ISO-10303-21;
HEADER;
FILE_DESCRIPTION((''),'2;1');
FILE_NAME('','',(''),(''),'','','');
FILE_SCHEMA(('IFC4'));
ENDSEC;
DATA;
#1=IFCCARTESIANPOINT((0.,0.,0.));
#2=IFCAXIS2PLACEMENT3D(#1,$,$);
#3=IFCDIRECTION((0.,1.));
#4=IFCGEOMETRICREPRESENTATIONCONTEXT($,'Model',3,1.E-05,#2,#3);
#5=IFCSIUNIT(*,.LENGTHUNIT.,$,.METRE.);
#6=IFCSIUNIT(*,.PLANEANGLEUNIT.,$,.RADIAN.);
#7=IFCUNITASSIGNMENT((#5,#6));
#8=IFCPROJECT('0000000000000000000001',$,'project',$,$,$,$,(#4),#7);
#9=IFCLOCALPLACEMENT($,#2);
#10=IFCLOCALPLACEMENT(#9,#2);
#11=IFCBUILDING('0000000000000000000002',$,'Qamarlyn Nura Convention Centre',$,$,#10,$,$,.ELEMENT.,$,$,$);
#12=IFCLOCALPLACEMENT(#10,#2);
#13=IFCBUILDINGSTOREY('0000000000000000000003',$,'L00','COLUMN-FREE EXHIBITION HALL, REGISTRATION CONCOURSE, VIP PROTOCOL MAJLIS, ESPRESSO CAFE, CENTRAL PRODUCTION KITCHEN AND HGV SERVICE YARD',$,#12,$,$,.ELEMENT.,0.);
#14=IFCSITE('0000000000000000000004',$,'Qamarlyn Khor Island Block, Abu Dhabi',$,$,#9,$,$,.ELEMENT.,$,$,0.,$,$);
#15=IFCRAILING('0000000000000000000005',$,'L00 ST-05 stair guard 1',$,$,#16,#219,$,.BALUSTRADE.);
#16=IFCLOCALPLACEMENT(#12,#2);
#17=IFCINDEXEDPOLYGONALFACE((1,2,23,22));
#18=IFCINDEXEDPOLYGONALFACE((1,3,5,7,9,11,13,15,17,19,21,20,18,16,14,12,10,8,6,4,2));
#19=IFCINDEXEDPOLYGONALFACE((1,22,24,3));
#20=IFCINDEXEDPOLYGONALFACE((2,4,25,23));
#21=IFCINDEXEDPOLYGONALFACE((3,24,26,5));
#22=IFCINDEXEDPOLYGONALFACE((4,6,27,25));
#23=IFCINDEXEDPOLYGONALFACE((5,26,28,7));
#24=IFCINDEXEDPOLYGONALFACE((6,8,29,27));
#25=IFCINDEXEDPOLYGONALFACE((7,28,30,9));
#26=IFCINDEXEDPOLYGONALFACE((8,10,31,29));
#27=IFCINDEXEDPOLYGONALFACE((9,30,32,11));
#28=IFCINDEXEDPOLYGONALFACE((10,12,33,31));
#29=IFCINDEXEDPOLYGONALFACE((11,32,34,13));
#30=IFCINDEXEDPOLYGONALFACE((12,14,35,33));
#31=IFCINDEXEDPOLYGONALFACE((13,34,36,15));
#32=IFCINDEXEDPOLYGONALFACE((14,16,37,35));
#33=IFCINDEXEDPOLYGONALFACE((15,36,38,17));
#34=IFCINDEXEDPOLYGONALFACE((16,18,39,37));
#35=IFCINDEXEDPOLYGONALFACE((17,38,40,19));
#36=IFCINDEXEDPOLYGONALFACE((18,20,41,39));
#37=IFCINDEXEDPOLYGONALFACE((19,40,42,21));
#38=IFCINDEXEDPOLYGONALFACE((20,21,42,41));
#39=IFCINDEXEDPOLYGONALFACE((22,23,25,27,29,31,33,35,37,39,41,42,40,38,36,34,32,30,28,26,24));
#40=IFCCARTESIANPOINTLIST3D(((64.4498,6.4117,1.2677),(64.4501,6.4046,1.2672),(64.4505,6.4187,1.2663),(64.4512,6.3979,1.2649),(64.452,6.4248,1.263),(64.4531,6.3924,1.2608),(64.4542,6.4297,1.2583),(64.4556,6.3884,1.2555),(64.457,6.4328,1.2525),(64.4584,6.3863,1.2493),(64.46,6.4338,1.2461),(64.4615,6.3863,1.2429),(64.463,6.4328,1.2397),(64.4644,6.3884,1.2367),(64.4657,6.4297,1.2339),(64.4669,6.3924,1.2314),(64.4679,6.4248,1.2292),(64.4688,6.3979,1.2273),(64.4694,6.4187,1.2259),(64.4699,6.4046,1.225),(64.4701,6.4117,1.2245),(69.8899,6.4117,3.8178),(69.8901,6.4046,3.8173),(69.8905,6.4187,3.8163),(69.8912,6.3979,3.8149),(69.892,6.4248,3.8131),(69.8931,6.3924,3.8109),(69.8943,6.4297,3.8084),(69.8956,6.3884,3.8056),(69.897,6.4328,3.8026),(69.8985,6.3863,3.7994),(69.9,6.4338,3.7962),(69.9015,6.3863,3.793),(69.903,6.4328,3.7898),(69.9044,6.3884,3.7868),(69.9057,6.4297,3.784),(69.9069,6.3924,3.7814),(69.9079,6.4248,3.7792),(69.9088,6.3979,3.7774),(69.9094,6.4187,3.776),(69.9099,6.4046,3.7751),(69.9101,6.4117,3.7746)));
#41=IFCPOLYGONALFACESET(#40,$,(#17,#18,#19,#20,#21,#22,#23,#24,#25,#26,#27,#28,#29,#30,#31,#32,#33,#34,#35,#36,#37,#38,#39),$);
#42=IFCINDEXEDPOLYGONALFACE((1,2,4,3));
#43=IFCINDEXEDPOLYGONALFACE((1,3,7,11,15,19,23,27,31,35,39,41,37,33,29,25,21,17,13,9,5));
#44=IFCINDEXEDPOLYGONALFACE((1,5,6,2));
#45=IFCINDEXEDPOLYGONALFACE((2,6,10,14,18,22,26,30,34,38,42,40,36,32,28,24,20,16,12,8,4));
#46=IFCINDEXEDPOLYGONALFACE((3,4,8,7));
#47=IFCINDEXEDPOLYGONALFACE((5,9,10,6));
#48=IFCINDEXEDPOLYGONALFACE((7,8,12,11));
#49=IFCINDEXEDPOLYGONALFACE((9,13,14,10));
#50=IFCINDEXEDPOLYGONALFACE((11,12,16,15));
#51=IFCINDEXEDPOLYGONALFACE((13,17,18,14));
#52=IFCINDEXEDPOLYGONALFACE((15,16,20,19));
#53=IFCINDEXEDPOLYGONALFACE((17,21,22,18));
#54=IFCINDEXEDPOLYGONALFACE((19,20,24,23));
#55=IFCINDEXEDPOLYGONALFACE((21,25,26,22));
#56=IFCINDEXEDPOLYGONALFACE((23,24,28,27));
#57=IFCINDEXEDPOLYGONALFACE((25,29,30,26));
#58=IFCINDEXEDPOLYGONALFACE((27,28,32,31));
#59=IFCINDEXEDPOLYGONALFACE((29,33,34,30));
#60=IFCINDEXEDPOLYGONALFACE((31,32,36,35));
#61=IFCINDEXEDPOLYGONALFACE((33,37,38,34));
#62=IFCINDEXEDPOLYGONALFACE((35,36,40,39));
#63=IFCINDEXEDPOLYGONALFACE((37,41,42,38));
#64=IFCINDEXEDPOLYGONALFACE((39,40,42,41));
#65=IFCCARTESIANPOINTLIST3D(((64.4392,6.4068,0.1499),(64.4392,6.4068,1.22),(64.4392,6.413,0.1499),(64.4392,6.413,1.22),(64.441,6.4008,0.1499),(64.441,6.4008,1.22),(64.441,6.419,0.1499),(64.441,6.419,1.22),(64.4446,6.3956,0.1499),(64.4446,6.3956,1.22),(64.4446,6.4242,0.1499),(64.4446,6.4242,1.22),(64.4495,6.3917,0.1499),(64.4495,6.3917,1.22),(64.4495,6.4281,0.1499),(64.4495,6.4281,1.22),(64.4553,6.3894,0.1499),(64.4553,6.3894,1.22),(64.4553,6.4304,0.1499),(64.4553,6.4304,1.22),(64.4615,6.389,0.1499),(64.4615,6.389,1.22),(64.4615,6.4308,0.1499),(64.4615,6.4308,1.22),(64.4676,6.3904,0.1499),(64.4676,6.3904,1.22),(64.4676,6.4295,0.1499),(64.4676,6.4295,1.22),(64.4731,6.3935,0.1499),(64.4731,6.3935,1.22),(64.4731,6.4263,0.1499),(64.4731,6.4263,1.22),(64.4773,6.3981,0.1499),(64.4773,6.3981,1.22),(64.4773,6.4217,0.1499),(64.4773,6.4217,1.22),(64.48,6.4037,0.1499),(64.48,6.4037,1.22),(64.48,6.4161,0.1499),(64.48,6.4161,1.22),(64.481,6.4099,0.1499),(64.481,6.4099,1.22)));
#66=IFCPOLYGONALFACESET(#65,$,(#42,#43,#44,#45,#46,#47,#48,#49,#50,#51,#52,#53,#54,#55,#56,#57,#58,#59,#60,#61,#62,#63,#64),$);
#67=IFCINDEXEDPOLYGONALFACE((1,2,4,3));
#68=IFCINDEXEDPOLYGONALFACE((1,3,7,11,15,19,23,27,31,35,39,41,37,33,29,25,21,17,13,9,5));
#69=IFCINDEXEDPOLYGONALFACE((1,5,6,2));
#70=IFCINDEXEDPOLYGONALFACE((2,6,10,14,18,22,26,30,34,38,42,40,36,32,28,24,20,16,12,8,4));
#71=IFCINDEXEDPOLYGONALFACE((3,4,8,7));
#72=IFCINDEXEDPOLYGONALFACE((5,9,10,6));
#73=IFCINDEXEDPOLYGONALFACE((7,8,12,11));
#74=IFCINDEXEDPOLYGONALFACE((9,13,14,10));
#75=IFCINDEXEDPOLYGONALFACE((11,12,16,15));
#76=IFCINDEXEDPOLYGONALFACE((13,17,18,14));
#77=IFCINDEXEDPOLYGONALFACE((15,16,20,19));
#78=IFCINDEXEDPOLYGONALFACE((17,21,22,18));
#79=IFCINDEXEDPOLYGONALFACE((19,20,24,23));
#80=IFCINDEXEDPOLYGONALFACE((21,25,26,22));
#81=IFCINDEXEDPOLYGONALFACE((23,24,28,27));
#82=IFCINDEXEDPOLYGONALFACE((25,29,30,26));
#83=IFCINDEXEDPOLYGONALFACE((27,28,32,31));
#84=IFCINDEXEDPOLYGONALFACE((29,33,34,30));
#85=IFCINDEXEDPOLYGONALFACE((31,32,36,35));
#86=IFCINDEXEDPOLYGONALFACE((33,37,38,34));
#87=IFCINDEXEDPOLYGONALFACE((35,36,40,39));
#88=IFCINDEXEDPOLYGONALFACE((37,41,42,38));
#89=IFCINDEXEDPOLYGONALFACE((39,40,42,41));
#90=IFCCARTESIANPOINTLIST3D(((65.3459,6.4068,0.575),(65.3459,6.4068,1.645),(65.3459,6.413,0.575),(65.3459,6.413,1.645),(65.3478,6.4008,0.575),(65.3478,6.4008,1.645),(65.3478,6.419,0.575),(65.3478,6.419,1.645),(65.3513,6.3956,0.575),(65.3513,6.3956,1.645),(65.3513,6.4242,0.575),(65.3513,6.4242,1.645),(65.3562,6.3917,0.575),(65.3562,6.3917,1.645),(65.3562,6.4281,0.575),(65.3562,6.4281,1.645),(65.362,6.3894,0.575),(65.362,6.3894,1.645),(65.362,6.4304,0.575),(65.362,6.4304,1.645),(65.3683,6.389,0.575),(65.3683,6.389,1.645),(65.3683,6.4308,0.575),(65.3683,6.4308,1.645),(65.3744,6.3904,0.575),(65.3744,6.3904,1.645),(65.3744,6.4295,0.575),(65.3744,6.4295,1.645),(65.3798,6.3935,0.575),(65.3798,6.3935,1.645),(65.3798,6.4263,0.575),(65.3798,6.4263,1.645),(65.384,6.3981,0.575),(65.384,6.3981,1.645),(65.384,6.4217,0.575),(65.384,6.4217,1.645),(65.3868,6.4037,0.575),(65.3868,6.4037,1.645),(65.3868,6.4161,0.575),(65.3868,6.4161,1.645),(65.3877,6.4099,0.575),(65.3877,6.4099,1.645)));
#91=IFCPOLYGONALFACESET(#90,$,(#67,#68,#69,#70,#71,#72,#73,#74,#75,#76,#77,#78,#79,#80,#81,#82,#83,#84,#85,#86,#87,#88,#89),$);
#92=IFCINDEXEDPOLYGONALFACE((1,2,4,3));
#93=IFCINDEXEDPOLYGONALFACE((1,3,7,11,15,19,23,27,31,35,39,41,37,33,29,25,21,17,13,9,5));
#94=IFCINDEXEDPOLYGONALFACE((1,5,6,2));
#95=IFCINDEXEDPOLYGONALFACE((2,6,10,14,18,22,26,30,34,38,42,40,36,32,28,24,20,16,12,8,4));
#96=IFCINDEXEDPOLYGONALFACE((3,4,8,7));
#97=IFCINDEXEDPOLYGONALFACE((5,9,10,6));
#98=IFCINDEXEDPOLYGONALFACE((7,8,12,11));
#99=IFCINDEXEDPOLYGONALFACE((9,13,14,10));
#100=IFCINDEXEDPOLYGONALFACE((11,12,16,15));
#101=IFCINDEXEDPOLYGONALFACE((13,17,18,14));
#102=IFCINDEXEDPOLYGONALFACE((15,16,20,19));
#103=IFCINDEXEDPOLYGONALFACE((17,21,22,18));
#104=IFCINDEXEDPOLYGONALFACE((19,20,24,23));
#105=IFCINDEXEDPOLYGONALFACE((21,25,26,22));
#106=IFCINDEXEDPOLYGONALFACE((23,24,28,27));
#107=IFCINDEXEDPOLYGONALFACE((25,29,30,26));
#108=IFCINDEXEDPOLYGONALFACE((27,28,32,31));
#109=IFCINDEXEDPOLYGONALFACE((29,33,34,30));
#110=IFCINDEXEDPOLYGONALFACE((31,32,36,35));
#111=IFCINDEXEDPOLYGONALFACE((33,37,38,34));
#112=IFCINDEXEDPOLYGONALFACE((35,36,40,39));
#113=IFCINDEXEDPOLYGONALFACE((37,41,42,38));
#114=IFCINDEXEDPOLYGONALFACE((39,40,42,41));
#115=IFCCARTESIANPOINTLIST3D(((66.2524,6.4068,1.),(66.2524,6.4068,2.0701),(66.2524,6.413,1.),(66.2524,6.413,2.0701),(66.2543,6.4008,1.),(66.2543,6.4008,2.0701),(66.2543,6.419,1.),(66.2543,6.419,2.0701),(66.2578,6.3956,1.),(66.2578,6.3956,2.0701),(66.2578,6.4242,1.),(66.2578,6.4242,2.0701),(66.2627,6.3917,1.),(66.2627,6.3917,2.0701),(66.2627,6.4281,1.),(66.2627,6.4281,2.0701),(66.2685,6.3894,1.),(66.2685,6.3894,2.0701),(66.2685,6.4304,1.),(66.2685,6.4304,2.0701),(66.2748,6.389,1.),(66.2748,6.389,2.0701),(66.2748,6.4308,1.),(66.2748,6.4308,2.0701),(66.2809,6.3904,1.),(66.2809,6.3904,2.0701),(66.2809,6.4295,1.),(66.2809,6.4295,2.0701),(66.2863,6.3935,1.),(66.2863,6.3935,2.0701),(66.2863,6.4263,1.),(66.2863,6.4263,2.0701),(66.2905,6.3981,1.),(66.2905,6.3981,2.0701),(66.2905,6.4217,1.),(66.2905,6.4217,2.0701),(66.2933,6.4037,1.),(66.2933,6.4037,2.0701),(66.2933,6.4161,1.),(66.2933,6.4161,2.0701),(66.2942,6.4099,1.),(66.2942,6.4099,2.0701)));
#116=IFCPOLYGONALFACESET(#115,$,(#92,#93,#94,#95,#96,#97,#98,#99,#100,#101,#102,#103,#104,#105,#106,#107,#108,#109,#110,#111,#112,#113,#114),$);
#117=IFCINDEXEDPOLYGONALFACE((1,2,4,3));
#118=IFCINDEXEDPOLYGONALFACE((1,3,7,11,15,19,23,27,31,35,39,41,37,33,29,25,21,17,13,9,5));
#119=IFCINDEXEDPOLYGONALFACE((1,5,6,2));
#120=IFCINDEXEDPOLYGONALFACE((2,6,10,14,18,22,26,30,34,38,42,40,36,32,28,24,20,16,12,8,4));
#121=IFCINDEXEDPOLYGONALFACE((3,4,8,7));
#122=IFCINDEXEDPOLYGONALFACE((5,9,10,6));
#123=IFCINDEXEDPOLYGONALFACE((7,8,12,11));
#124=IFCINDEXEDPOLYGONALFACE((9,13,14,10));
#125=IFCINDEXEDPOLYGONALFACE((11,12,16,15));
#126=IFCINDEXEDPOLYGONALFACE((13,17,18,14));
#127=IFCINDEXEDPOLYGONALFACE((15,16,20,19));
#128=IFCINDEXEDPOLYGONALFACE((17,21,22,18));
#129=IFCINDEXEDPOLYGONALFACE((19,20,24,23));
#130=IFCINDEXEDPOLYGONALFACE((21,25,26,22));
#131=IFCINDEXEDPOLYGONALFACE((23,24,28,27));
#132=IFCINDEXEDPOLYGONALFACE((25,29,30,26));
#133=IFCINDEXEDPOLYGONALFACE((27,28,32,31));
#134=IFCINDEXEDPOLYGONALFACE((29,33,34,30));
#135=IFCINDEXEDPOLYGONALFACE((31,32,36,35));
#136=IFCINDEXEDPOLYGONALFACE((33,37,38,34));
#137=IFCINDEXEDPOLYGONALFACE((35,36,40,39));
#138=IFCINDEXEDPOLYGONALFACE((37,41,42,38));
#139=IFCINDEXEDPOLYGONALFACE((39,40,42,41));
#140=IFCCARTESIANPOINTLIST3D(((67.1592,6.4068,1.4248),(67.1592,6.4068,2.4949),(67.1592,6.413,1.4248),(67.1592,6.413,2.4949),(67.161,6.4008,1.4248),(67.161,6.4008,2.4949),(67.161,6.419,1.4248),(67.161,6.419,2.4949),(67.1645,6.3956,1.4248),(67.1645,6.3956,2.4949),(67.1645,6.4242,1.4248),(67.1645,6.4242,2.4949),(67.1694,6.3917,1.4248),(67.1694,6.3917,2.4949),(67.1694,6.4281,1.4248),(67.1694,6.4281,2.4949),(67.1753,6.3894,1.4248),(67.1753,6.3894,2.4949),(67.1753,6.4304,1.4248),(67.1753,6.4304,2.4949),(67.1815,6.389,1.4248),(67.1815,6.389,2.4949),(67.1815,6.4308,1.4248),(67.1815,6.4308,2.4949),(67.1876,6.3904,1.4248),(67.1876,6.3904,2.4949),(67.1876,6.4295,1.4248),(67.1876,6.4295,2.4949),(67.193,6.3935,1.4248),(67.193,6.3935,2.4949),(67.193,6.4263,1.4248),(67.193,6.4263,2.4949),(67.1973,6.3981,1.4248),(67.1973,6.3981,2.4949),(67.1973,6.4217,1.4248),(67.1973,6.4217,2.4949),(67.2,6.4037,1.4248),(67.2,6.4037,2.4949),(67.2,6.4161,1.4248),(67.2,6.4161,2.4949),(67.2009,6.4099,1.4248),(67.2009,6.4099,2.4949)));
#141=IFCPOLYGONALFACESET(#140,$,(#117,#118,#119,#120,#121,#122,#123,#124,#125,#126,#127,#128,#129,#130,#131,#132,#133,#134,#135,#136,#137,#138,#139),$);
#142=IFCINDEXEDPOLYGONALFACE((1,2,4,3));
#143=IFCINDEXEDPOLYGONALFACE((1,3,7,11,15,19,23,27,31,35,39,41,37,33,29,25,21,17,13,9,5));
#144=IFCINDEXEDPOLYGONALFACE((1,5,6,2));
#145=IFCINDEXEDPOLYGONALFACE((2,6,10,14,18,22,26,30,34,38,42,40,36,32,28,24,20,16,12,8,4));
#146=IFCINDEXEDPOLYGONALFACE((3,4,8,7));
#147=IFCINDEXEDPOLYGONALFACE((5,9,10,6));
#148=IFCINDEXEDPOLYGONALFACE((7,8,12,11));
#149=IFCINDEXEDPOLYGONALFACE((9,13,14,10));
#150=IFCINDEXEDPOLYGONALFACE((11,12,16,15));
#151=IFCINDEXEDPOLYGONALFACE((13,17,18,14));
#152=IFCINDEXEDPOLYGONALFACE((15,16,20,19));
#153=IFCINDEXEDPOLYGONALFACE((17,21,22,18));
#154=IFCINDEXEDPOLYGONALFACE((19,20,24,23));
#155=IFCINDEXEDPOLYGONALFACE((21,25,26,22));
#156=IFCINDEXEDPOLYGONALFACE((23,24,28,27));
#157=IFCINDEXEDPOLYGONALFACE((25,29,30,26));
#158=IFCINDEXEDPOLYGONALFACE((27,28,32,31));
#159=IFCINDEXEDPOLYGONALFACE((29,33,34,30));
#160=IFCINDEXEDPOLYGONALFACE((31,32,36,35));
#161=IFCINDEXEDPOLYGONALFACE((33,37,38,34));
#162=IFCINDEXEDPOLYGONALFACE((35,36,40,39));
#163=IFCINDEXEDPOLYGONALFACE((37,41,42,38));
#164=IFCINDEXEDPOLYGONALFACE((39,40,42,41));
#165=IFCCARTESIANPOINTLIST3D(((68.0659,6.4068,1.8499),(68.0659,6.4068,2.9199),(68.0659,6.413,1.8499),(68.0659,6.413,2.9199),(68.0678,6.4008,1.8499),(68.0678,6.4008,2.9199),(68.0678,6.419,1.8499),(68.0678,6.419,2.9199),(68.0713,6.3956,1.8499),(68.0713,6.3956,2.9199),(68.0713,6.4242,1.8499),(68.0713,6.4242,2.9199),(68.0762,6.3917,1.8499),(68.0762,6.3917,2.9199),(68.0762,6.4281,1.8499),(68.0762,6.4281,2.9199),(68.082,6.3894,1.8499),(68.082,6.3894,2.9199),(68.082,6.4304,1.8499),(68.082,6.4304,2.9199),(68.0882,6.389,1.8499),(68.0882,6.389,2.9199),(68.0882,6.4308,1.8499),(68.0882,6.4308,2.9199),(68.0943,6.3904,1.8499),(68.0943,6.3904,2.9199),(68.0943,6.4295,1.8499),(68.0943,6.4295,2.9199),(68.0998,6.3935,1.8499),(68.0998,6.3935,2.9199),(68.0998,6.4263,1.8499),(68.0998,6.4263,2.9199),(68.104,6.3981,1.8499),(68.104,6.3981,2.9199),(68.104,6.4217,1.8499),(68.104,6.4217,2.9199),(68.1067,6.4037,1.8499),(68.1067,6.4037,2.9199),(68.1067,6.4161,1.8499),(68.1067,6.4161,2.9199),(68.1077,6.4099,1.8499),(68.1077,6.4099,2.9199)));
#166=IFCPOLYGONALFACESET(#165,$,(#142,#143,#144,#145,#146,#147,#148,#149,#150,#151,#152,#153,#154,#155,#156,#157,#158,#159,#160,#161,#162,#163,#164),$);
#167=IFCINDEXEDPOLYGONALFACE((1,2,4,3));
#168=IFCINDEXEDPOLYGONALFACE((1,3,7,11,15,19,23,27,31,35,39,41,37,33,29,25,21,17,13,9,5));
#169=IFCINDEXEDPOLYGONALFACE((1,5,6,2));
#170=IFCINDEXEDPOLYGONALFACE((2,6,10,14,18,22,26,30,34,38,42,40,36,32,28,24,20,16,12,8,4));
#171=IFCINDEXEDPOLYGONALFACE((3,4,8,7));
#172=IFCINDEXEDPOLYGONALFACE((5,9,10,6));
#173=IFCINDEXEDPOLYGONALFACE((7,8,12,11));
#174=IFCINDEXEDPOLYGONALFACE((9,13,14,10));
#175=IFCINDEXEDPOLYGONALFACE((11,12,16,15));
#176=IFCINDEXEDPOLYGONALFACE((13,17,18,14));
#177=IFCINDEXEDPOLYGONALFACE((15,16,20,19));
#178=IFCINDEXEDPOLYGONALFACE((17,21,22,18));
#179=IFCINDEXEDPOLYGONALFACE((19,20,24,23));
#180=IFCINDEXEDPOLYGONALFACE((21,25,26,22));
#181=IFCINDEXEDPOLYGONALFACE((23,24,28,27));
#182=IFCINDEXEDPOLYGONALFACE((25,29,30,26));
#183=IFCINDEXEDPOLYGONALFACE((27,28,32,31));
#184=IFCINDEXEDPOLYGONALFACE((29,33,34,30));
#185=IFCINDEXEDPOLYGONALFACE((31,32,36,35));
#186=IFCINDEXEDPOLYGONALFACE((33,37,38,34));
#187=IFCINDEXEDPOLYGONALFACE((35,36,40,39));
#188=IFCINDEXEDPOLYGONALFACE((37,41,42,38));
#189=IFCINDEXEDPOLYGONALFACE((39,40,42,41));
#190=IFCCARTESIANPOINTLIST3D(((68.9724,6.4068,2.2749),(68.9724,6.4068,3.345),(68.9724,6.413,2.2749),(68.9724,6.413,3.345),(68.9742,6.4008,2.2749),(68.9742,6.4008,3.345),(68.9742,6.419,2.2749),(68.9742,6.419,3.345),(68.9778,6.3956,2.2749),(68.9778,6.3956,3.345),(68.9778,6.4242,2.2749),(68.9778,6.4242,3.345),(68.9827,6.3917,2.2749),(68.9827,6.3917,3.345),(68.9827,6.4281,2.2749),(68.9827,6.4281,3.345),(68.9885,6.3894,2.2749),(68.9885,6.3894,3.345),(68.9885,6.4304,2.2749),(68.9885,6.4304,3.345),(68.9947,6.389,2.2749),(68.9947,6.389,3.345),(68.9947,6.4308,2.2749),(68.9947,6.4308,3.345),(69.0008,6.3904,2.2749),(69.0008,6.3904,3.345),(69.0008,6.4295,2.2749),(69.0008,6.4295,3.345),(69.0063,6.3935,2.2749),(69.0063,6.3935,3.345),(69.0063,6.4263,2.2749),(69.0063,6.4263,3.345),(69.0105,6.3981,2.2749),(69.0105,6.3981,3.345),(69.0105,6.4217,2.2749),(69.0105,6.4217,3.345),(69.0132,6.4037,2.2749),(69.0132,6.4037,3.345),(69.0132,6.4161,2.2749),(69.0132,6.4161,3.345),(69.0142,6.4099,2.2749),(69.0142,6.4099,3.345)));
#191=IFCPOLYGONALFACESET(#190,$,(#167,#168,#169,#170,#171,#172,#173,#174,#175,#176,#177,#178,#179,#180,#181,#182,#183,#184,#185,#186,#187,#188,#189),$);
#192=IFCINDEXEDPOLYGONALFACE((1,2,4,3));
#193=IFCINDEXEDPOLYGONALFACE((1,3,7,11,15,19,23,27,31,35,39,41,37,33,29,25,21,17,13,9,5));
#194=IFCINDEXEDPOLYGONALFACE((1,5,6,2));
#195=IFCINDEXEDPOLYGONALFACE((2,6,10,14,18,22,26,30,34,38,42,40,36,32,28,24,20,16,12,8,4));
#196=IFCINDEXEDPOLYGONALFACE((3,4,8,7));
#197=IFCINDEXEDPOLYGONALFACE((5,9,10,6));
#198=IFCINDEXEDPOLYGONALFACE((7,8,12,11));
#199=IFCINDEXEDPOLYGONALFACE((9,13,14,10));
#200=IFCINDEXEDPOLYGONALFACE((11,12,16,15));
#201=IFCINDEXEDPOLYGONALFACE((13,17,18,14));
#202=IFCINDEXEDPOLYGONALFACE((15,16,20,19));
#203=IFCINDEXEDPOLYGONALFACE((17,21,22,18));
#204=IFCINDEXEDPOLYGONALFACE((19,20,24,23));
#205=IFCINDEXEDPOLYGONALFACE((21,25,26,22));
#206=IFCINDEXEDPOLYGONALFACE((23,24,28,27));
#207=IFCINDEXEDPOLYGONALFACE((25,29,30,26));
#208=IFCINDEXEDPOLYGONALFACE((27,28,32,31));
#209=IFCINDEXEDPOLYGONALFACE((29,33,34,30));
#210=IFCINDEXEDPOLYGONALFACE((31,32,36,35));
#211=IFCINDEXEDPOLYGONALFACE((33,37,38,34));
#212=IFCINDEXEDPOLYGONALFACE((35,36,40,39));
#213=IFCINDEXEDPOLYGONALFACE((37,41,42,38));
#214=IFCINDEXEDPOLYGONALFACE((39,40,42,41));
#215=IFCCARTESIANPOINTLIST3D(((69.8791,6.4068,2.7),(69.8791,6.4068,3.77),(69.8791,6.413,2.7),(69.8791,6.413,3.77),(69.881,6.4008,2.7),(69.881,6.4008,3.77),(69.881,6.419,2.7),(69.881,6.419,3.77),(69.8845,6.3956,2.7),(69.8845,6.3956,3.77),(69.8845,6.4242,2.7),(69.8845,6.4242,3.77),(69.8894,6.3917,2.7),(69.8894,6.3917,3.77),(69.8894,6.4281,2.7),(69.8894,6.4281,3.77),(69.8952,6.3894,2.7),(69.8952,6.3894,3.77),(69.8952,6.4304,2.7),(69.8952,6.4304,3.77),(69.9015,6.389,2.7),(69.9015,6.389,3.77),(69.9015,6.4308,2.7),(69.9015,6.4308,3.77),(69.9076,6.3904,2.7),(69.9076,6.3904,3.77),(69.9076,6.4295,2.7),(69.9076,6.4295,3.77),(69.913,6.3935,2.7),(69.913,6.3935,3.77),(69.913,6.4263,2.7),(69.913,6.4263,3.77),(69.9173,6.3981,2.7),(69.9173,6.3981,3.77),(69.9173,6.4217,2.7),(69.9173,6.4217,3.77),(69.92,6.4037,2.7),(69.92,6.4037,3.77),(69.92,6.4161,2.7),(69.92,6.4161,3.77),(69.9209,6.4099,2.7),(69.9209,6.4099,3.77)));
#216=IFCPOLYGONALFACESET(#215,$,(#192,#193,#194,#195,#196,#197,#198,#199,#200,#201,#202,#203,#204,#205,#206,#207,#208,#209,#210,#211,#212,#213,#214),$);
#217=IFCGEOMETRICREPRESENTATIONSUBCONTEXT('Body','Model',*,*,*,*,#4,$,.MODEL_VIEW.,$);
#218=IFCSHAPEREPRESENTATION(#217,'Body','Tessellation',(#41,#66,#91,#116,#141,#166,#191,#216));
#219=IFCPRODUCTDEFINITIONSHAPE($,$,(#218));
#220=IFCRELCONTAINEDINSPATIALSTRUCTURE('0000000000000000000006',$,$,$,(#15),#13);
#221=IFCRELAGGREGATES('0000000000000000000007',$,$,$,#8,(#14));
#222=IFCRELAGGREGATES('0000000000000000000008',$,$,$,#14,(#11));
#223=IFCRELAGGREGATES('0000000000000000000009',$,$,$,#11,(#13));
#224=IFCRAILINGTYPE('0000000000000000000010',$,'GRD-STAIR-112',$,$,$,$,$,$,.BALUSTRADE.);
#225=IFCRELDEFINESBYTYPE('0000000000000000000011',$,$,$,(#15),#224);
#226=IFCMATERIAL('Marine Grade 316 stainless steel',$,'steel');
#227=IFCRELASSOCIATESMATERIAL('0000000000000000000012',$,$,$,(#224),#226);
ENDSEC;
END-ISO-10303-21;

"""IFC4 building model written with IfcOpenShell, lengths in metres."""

from ifc_helpers import new_model, si_unit, direction, frame, origin, origin_2d, place, context, subcontext, project, spatial, circle, extrude, material, type_object, element, save


model = new_model("IFC4")

# Units and contexts
model_context = context("Model", 3, precision=1e-05, world=origin(), true_north=direction((0.0, 1.0)))
body_context = subcontext(model_context, "Body", "Model", "MODEL_VIEW")
ifc_project = project(units=[si_unit("LENGTHUNIT", "METRE"), si_unit("PLANEANGLEUNIT", "RADIAN")], contexts=[model_context])

# Site, building, storey
site_placement = place(None, origin())
site = spatial("IfcSite", under=ifc_project, at=site_placement, Name="Qamarlyn Khor Island Block, Abu Dhabi", CompositionType="ELEMENT", RefElevation=0.0)
building_placement = place(site_placement, origin())
building = spatial("IfcBuilding", under=site, at=building_placement, Name="Qamarlyn Nura Convention Centre", CompositionType="ELEMENT")
storey_placement = place(building_placement, origin())
storey = spatial("IfcBuildingStorey", under=building, at=storey_placement, Name="L00", Description="COLUMN-FREE EXHIBITION HALL, REGISTRATION CONCOURSE, VIP PROTOCOL MAJLIS, ESPRESSO CAFE, CENTRAL PRODUCTION KITCHEN AND HGV SERVICE YARD", CompositionType="ELEMENT", Elevation=0.0)

# Railing
ifc_material_1 = material(Name="Marine Grade 316 stainless steel", Category="steel")
railing_type_1 = type_object("IfcRailingType", Name="GRD-STAIR-112", PredefinedType="BALUSTRADE", material=ifc_material_1)
railing_1_placement = place(storey_placement, frame((64.46, 6.4099, 0.1499)))
element("IfcRailing", 1, at=railing_1_placement, inside=storey, type_object=railing_type_1, Name="L00 ST-05 stair guard 1", PredefinedType="BALUSTRADE", context=body_context, shape_type="SweptSolid", body=[
    extrude(circle(Radius=0.0239, at=origin_2d()), frame((0.0, 0.0, 1.0962), z_axis=(0.905454, 0.0, 0.424444), x_axis=(0.0, 1.0, 0.0)), (0.0, 0.0, 1.0), 6.0081),
    extrude(circle(Radius=0.021, at=origin_2d()), origin(), (0.0, 0.0, 1.0), 1.0701),
    extrude(circle(Radius=0.021, at=origin_2d()), frame((0.9067, 0.0, 0.425)), (0.0, 0.0, 1.0), 1.0701),
    extrude(circle(Radius=0.021, at=origin_2d()), frame((1.8132, 0.0, 0.8501)), (0.0, 0.0, 1.0), 1.0701),
    extrude(circle(Radius=0.021, at=origin_2d()), frame((2.72, 0.0, 1.2749)), (0.0, 0.0, 1.0), 1.0701),
    extrude(circle(Radius=0.021, at=origin_2d()), frame((3.6267, 0.0, 1.7)), (0.0, 0.0, 1.0), 1.0701),
    extrude(circle(Radius=0.021, at=origin_2d()), frame((4.5332, 0.0, 2.125)), (0.0, 0.0, 1.0), 1.0701),
    extrude(circle(Radius=0.021, at=origin_2d()), frame((5.4399, 0.0, 2.55)), (0.0, 0.0, 1.0), 1.0701),
])

save(model, "model.ifc")
